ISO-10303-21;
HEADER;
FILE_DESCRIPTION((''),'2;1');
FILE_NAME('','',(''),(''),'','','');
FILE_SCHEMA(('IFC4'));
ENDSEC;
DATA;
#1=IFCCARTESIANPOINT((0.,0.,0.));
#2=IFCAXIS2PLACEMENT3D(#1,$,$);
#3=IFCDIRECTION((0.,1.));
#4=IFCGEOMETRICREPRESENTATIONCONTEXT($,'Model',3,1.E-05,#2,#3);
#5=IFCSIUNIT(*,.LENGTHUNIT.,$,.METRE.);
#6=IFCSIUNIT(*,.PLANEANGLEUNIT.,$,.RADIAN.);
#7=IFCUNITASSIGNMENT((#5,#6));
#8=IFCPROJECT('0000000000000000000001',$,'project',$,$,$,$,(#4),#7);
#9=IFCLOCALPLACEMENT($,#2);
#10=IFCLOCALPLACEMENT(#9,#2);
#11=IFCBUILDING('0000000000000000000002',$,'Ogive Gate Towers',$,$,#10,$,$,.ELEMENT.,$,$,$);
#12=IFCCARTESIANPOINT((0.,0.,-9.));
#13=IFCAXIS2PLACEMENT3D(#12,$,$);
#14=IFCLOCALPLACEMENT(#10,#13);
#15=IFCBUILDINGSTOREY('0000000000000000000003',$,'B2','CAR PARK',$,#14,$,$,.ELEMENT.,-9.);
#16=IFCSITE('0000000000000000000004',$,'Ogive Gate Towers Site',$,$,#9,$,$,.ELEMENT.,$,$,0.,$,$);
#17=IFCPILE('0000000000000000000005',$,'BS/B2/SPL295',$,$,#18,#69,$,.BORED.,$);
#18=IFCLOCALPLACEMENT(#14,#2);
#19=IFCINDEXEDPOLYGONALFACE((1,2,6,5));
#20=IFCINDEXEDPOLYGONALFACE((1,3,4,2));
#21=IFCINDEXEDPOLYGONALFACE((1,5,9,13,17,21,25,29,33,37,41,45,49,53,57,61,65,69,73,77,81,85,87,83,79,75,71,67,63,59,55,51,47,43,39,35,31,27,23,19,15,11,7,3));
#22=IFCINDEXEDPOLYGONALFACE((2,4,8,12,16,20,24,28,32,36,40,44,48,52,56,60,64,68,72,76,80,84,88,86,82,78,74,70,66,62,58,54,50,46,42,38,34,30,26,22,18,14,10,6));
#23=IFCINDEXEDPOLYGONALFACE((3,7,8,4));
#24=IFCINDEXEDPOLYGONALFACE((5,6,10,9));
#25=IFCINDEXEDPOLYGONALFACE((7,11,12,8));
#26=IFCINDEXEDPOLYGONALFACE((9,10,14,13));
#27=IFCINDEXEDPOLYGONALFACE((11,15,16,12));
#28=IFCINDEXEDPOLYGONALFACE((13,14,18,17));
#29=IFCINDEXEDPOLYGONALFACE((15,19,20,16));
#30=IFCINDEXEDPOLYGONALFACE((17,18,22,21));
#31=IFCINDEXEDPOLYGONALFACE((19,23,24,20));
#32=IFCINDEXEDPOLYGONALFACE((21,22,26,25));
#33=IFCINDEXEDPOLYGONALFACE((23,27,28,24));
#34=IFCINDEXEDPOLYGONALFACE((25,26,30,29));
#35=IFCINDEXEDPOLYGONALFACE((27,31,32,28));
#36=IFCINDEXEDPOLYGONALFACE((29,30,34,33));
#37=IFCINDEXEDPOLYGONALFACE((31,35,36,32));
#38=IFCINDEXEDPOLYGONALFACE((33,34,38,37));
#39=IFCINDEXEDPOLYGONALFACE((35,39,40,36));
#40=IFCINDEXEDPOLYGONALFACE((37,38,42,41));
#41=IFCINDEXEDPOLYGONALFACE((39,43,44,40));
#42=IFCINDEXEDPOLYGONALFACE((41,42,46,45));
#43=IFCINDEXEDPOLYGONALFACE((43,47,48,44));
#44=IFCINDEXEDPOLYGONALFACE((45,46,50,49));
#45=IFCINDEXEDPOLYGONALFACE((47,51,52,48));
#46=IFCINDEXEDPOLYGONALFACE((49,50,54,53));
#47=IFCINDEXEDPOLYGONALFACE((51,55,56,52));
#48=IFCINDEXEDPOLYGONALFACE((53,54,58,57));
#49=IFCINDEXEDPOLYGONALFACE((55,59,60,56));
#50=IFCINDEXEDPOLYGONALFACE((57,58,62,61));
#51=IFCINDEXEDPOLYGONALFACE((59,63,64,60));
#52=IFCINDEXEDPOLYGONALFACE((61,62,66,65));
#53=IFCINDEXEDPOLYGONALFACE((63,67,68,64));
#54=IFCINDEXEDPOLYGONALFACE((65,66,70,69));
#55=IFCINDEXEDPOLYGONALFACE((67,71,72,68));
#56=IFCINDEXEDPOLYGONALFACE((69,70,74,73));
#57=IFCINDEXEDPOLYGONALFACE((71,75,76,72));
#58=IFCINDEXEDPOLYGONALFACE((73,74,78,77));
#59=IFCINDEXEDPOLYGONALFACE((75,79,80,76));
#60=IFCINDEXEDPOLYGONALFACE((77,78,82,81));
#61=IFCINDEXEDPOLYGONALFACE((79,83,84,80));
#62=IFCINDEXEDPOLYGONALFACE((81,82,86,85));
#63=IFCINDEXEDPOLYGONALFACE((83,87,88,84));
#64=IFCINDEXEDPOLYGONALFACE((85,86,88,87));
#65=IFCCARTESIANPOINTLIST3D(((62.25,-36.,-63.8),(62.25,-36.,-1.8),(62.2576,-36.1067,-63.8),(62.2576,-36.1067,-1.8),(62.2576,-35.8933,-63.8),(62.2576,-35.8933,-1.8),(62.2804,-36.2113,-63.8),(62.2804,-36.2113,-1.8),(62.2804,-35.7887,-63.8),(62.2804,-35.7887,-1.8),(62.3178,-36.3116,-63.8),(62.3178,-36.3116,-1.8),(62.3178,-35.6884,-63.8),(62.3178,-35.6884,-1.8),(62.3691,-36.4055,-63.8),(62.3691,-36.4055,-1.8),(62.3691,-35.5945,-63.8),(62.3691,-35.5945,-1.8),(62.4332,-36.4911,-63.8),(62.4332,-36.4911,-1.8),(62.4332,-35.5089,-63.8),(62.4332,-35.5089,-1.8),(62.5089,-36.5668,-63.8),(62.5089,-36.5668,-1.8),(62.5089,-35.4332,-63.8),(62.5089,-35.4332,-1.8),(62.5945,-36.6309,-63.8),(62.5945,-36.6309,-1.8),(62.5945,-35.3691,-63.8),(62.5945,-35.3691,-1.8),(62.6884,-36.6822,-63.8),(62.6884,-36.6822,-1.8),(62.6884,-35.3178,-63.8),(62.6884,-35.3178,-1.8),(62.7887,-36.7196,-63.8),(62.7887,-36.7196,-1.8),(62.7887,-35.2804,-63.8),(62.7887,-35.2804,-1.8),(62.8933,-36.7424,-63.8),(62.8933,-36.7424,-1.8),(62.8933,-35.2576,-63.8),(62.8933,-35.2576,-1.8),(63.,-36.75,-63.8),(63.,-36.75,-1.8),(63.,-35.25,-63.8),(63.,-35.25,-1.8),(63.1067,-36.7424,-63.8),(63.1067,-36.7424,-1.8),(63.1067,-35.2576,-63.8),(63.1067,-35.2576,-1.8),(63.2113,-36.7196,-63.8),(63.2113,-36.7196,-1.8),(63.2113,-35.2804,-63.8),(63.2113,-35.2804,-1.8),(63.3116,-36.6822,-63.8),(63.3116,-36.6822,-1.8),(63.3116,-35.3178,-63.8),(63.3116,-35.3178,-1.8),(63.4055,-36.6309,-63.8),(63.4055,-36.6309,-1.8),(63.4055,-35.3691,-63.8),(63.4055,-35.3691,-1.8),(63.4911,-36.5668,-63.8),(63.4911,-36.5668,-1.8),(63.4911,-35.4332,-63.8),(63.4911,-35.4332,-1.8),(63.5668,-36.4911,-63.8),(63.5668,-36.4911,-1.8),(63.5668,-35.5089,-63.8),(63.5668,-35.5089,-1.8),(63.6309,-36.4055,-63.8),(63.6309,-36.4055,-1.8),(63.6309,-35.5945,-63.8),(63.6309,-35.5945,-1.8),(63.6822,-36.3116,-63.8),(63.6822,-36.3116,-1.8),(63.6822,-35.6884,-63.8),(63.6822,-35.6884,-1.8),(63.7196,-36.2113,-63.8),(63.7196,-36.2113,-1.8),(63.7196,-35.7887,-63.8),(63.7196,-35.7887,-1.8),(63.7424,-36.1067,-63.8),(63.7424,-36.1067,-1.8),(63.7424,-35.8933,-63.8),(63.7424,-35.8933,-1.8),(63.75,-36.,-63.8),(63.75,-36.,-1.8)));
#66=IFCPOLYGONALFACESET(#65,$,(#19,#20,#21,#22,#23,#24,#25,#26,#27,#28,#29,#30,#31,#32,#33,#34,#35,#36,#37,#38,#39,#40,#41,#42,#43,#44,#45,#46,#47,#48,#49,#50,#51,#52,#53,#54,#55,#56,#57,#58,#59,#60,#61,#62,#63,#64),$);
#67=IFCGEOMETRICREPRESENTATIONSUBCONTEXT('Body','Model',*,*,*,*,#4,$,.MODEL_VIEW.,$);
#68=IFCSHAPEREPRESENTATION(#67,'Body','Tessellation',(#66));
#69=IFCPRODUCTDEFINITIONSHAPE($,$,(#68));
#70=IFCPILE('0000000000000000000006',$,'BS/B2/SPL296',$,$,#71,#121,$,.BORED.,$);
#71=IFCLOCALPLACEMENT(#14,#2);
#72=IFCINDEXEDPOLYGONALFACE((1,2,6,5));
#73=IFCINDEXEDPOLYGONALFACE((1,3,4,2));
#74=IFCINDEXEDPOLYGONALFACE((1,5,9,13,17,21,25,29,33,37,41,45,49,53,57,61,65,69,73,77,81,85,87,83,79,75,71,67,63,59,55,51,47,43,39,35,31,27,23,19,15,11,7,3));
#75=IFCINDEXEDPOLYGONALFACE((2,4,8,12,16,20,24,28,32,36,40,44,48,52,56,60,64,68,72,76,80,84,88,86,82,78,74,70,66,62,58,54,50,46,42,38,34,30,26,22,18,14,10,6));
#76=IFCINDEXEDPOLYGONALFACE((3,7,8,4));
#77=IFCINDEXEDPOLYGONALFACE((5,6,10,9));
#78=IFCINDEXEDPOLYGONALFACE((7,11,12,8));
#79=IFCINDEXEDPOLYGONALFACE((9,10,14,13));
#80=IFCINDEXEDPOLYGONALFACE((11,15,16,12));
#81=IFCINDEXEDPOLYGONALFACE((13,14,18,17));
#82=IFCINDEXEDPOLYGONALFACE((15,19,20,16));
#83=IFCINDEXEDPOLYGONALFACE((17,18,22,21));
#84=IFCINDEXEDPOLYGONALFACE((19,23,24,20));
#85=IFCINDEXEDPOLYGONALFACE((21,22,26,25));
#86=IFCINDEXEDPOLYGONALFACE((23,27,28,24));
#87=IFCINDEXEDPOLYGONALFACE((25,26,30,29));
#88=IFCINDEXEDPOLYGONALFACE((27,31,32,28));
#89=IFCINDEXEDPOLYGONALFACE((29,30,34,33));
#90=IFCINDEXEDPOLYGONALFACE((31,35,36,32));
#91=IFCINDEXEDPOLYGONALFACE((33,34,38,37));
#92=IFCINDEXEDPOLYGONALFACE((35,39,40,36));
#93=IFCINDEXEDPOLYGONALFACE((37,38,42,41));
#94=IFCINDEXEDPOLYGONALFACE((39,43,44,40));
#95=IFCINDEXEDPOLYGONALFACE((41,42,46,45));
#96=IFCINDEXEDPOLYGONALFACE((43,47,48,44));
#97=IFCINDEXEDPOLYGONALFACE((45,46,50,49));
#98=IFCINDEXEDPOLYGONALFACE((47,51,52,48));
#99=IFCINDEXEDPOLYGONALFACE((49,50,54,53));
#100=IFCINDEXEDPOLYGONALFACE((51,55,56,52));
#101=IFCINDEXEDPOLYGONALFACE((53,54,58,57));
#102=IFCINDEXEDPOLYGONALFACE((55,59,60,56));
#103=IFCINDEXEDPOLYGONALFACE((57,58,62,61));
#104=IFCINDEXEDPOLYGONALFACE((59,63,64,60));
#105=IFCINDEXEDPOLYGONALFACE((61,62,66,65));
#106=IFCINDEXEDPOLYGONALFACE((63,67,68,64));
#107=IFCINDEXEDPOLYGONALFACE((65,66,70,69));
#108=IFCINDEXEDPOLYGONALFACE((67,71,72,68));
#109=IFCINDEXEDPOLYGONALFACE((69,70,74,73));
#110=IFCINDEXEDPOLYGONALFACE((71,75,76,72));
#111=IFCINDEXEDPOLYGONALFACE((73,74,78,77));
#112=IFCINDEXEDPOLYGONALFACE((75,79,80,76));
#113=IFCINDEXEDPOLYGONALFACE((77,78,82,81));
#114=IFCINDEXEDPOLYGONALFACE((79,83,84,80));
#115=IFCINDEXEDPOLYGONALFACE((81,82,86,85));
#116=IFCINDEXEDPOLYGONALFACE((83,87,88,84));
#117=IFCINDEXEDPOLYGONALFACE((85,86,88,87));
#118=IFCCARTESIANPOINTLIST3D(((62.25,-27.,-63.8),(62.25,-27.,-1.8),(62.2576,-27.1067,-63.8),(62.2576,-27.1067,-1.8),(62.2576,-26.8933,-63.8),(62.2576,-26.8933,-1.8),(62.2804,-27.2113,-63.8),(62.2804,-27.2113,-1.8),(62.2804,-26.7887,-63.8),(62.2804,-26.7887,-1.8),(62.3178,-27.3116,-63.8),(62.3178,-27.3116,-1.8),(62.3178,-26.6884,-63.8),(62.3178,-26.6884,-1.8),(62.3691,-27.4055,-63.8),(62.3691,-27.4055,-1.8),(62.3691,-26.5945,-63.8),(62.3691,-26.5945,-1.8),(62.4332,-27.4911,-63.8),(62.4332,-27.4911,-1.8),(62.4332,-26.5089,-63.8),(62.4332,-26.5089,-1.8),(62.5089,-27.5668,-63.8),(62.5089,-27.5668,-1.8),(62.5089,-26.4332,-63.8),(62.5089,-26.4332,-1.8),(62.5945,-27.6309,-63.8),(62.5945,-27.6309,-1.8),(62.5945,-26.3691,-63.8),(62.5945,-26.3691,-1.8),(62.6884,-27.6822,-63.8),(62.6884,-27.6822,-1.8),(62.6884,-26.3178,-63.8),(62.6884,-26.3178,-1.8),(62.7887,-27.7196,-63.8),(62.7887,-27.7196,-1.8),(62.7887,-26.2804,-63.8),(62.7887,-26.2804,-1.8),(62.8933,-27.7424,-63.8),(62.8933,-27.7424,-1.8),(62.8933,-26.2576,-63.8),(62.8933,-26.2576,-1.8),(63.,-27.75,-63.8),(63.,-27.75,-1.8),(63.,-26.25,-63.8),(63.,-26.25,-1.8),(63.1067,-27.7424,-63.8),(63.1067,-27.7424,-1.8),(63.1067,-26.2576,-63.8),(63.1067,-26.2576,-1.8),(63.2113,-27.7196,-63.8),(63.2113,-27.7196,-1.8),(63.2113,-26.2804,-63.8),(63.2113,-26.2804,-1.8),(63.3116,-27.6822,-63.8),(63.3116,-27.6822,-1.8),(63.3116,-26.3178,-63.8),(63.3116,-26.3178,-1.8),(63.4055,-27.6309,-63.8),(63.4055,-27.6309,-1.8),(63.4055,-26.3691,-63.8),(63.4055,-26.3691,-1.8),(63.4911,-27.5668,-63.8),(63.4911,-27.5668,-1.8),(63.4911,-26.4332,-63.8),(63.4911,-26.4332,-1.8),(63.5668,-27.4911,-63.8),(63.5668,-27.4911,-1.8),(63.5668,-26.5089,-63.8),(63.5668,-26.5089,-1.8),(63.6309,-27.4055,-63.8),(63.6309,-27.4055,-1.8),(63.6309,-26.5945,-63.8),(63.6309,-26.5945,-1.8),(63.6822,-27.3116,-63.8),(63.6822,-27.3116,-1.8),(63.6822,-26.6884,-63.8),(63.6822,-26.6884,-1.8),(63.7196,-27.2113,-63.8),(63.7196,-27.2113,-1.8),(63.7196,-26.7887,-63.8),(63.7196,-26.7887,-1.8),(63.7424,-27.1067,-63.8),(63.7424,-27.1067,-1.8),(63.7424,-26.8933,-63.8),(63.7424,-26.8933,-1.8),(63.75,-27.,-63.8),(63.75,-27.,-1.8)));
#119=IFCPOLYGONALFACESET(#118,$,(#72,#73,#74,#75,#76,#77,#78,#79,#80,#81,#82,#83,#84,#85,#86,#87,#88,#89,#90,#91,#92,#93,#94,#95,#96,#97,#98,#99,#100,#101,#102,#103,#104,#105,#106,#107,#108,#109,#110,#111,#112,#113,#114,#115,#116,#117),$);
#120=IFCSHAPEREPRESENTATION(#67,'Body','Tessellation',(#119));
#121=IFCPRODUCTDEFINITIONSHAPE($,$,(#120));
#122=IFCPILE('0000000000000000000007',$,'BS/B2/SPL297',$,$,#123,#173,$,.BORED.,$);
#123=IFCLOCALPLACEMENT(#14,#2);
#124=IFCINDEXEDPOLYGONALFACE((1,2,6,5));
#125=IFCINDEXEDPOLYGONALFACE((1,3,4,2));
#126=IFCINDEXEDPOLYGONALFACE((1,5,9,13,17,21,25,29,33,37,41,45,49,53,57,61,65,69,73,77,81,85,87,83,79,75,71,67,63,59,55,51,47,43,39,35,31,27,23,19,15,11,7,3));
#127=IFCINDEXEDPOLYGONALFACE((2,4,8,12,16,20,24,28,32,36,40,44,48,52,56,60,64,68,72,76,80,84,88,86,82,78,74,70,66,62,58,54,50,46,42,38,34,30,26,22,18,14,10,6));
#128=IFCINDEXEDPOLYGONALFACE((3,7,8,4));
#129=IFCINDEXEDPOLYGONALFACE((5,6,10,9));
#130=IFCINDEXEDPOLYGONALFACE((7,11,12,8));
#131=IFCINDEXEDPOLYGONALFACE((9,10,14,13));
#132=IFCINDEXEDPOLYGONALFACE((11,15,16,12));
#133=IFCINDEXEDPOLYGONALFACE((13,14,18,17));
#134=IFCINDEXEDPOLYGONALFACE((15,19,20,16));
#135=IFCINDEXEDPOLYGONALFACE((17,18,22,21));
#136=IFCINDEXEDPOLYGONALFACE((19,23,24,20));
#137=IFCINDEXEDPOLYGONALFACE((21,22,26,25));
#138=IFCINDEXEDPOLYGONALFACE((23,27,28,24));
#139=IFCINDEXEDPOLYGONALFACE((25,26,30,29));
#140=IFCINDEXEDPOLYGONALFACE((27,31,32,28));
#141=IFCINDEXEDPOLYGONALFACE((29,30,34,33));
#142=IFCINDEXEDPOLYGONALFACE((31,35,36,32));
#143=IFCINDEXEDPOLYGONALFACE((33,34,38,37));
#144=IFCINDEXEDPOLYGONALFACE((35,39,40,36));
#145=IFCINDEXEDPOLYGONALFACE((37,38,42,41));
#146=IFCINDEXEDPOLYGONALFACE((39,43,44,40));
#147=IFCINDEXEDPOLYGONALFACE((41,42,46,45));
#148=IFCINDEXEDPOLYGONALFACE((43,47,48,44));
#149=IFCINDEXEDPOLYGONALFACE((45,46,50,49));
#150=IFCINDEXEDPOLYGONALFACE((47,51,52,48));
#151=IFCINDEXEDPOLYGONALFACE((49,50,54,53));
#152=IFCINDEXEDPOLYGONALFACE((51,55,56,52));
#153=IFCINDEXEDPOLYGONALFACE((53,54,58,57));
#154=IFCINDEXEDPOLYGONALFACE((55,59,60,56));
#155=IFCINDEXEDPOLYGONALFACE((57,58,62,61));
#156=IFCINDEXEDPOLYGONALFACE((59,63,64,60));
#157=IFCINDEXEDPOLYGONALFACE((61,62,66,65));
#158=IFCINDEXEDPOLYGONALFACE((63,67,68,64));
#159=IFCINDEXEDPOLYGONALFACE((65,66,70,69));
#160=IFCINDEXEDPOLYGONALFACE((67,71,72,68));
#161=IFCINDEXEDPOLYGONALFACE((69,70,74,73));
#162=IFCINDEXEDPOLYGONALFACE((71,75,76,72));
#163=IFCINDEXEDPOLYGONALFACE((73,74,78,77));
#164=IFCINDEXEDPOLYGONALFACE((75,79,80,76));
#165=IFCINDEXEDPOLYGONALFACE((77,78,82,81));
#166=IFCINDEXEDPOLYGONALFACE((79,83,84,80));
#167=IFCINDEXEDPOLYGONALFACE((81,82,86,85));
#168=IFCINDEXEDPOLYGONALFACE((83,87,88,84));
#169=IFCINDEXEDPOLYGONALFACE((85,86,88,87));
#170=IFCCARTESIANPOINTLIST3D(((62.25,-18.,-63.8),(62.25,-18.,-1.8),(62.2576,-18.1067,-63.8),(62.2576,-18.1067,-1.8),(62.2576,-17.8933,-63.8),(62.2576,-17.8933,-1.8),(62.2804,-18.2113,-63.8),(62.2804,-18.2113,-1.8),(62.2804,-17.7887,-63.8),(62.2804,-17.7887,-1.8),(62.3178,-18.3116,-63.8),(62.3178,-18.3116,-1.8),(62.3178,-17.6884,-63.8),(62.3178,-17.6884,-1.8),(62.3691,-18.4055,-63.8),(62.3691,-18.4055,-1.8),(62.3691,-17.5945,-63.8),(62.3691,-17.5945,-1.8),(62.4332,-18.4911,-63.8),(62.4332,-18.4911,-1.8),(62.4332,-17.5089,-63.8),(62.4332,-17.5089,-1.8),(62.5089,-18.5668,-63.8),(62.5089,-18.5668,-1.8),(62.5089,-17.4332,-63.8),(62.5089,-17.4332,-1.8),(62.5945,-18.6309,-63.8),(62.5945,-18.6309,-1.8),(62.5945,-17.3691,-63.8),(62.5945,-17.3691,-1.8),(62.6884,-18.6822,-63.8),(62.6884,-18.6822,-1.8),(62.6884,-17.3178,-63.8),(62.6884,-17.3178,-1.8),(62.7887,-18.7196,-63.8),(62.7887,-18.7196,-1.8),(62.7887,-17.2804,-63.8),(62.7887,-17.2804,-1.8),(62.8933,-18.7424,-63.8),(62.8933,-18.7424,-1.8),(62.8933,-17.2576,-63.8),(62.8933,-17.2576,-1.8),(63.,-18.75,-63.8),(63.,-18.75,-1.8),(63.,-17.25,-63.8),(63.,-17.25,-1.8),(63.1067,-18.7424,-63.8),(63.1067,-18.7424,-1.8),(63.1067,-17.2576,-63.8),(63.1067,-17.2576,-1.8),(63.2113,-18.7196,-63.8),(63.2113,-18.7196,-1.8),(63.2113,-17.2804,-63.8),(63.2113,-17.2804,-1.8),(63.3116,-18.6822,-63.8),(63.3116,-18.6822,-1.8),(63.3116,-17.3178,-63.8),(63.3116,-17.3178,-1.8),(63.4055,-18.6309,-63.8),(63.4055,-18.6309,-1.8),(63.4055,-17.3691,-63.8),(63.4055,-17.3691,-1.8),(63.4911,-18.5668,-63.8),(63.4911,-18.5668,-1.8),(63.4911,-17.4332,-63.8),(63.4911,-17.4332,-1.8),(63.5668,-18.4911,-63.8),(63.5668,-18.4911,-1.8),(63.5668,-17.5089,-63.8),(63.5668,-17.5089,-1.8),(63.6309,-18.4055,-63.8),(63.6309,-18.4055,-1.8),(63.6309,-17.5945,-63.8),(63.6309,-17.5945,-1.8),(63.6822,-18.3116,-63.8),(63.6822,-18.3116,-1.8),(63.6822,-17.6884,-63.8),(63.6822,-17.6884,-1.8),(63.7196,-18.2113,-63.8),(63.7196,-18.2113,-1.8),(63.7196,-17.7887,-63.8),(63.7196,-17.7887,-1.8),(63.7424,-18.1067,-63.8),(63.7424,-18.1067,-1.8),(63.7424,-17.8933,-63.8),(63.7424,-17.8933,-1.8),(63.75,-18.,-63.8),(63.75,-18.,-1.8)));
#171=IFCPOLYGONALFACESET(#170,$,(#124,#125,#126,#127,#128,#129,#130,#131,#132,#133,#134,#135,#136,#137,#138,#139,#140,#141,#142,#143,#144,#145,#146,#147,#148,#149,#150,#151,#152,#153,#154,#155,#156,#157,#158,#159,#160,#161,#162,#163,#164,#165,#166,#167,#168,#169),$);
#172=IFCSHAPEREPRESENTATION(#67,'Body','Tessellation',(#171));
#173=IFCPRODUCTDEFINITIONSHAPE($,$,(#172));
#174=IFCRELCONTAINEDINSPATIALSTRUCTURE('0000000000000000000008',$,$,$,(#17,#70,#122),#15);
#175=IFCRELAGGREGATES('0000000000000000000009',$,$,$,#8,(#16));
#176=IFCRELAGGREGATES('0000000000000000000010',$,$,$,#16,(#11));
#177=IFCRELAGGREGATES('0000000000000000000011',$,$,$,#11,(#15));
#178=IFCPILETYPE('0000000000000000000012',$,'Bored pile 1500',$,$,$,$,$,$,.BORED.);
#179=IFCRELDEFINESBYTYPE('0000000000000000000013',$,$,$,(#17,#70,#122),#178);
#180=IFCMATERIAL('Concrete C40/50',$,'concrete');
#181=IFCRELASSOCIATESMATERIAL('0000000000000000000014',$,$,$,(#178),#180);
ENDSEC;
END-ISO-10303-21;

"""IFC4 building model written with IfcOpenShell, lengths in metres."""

from ifc_helpers import new_model, si_unit, direction, frame, origin, origin_2d, place, context, subcontext, project, spatial, circle, extrude, material, material_profile, profile_set, type_object, element, save


model = new_model("IFC4")

# Units and contexts
model_context = context("Model", 3, precision=1e-05, world=origin(), true_north=direction((0.0, 1.0)))
body_context = subcontext(model_context, "Body", "Model", "MODEL_VIEW")
ifc_project = project(units=[si_unit("LENGTHUNIT", "METRE"), si_unit("PLANEANGLEUNIT", "RADIAN")], contexts=[model_context])

# Site, building, storey
site_placement = place(None, origin())
site = spatial("IfcSite", under=ifc_project, at=site_placement, Name="Ogive Gate Towers Site", CompositionType="ELEMENT", RefElevation=0.0)
building_placement = place(site_placement, origin())
building = spatial("IfcBuilding", under=site, at=building_placement, Name="Ogive Gate Towers", CompositionType="ELEMENT")
storey_placement = place(building_placement, frame((0.0, 0.0, -9.0)))
storey = spatial("IfcBuildingStorey", under=building, at=storey_placement, Name="B2", Description="CAR PARK", CompositionType="ELEMENT", Elevation=-9.0)

# Piles
ifc_material_1 = material(Name="Concrete C40/50", Category="concrete")
ifc_material_profile_1 = material_profile(ifc_material_1, circle(Radius=0.75, at=origin_2d()), Name="BP 1500")
ifc_profile_set_1 = profile_set([ifc_material_profile_1], Name="Concrete C40/50")
pile_type = type_object("IfcPileType", Name="Bored pile 1500", PredefinedType="BORED", material=ifc_profile_set_1)
for number, where, z_axis, x_axis, name in (
    (1, (63.0, -36.0, -1.8), (0.0, 0.0, -1.0), (1.0, 0.0, 0.0), "BS/B2/SPL295"),
    (2, (63.0, -27.0, -1.8), (0.0, 0.0, -1.0), (1.0, 0.0, 0.0), "BS/B2/SPL296"),
    (3, (63.0, -18.0, -1.8), (0.0, 0.0, -1.0), (1.0, 0.0, 0.0), "BS/B2/SPL297"),
):
    element("IfcPile", number, at=place(storey_placement, frame(where, z_axis=z_axis, x_axis=x_axis)), inside=storey, type_object=pile_type, Name=name, PredefinedType="BORED", context=body_context, shape_type="SweptSolid", body=[
        extrude(circle(Radius=0.75, at=origin_2d()), origin(), (0.0, 0.0, 1.0), 62.0),
    ])

save(model, "model.ifc")
